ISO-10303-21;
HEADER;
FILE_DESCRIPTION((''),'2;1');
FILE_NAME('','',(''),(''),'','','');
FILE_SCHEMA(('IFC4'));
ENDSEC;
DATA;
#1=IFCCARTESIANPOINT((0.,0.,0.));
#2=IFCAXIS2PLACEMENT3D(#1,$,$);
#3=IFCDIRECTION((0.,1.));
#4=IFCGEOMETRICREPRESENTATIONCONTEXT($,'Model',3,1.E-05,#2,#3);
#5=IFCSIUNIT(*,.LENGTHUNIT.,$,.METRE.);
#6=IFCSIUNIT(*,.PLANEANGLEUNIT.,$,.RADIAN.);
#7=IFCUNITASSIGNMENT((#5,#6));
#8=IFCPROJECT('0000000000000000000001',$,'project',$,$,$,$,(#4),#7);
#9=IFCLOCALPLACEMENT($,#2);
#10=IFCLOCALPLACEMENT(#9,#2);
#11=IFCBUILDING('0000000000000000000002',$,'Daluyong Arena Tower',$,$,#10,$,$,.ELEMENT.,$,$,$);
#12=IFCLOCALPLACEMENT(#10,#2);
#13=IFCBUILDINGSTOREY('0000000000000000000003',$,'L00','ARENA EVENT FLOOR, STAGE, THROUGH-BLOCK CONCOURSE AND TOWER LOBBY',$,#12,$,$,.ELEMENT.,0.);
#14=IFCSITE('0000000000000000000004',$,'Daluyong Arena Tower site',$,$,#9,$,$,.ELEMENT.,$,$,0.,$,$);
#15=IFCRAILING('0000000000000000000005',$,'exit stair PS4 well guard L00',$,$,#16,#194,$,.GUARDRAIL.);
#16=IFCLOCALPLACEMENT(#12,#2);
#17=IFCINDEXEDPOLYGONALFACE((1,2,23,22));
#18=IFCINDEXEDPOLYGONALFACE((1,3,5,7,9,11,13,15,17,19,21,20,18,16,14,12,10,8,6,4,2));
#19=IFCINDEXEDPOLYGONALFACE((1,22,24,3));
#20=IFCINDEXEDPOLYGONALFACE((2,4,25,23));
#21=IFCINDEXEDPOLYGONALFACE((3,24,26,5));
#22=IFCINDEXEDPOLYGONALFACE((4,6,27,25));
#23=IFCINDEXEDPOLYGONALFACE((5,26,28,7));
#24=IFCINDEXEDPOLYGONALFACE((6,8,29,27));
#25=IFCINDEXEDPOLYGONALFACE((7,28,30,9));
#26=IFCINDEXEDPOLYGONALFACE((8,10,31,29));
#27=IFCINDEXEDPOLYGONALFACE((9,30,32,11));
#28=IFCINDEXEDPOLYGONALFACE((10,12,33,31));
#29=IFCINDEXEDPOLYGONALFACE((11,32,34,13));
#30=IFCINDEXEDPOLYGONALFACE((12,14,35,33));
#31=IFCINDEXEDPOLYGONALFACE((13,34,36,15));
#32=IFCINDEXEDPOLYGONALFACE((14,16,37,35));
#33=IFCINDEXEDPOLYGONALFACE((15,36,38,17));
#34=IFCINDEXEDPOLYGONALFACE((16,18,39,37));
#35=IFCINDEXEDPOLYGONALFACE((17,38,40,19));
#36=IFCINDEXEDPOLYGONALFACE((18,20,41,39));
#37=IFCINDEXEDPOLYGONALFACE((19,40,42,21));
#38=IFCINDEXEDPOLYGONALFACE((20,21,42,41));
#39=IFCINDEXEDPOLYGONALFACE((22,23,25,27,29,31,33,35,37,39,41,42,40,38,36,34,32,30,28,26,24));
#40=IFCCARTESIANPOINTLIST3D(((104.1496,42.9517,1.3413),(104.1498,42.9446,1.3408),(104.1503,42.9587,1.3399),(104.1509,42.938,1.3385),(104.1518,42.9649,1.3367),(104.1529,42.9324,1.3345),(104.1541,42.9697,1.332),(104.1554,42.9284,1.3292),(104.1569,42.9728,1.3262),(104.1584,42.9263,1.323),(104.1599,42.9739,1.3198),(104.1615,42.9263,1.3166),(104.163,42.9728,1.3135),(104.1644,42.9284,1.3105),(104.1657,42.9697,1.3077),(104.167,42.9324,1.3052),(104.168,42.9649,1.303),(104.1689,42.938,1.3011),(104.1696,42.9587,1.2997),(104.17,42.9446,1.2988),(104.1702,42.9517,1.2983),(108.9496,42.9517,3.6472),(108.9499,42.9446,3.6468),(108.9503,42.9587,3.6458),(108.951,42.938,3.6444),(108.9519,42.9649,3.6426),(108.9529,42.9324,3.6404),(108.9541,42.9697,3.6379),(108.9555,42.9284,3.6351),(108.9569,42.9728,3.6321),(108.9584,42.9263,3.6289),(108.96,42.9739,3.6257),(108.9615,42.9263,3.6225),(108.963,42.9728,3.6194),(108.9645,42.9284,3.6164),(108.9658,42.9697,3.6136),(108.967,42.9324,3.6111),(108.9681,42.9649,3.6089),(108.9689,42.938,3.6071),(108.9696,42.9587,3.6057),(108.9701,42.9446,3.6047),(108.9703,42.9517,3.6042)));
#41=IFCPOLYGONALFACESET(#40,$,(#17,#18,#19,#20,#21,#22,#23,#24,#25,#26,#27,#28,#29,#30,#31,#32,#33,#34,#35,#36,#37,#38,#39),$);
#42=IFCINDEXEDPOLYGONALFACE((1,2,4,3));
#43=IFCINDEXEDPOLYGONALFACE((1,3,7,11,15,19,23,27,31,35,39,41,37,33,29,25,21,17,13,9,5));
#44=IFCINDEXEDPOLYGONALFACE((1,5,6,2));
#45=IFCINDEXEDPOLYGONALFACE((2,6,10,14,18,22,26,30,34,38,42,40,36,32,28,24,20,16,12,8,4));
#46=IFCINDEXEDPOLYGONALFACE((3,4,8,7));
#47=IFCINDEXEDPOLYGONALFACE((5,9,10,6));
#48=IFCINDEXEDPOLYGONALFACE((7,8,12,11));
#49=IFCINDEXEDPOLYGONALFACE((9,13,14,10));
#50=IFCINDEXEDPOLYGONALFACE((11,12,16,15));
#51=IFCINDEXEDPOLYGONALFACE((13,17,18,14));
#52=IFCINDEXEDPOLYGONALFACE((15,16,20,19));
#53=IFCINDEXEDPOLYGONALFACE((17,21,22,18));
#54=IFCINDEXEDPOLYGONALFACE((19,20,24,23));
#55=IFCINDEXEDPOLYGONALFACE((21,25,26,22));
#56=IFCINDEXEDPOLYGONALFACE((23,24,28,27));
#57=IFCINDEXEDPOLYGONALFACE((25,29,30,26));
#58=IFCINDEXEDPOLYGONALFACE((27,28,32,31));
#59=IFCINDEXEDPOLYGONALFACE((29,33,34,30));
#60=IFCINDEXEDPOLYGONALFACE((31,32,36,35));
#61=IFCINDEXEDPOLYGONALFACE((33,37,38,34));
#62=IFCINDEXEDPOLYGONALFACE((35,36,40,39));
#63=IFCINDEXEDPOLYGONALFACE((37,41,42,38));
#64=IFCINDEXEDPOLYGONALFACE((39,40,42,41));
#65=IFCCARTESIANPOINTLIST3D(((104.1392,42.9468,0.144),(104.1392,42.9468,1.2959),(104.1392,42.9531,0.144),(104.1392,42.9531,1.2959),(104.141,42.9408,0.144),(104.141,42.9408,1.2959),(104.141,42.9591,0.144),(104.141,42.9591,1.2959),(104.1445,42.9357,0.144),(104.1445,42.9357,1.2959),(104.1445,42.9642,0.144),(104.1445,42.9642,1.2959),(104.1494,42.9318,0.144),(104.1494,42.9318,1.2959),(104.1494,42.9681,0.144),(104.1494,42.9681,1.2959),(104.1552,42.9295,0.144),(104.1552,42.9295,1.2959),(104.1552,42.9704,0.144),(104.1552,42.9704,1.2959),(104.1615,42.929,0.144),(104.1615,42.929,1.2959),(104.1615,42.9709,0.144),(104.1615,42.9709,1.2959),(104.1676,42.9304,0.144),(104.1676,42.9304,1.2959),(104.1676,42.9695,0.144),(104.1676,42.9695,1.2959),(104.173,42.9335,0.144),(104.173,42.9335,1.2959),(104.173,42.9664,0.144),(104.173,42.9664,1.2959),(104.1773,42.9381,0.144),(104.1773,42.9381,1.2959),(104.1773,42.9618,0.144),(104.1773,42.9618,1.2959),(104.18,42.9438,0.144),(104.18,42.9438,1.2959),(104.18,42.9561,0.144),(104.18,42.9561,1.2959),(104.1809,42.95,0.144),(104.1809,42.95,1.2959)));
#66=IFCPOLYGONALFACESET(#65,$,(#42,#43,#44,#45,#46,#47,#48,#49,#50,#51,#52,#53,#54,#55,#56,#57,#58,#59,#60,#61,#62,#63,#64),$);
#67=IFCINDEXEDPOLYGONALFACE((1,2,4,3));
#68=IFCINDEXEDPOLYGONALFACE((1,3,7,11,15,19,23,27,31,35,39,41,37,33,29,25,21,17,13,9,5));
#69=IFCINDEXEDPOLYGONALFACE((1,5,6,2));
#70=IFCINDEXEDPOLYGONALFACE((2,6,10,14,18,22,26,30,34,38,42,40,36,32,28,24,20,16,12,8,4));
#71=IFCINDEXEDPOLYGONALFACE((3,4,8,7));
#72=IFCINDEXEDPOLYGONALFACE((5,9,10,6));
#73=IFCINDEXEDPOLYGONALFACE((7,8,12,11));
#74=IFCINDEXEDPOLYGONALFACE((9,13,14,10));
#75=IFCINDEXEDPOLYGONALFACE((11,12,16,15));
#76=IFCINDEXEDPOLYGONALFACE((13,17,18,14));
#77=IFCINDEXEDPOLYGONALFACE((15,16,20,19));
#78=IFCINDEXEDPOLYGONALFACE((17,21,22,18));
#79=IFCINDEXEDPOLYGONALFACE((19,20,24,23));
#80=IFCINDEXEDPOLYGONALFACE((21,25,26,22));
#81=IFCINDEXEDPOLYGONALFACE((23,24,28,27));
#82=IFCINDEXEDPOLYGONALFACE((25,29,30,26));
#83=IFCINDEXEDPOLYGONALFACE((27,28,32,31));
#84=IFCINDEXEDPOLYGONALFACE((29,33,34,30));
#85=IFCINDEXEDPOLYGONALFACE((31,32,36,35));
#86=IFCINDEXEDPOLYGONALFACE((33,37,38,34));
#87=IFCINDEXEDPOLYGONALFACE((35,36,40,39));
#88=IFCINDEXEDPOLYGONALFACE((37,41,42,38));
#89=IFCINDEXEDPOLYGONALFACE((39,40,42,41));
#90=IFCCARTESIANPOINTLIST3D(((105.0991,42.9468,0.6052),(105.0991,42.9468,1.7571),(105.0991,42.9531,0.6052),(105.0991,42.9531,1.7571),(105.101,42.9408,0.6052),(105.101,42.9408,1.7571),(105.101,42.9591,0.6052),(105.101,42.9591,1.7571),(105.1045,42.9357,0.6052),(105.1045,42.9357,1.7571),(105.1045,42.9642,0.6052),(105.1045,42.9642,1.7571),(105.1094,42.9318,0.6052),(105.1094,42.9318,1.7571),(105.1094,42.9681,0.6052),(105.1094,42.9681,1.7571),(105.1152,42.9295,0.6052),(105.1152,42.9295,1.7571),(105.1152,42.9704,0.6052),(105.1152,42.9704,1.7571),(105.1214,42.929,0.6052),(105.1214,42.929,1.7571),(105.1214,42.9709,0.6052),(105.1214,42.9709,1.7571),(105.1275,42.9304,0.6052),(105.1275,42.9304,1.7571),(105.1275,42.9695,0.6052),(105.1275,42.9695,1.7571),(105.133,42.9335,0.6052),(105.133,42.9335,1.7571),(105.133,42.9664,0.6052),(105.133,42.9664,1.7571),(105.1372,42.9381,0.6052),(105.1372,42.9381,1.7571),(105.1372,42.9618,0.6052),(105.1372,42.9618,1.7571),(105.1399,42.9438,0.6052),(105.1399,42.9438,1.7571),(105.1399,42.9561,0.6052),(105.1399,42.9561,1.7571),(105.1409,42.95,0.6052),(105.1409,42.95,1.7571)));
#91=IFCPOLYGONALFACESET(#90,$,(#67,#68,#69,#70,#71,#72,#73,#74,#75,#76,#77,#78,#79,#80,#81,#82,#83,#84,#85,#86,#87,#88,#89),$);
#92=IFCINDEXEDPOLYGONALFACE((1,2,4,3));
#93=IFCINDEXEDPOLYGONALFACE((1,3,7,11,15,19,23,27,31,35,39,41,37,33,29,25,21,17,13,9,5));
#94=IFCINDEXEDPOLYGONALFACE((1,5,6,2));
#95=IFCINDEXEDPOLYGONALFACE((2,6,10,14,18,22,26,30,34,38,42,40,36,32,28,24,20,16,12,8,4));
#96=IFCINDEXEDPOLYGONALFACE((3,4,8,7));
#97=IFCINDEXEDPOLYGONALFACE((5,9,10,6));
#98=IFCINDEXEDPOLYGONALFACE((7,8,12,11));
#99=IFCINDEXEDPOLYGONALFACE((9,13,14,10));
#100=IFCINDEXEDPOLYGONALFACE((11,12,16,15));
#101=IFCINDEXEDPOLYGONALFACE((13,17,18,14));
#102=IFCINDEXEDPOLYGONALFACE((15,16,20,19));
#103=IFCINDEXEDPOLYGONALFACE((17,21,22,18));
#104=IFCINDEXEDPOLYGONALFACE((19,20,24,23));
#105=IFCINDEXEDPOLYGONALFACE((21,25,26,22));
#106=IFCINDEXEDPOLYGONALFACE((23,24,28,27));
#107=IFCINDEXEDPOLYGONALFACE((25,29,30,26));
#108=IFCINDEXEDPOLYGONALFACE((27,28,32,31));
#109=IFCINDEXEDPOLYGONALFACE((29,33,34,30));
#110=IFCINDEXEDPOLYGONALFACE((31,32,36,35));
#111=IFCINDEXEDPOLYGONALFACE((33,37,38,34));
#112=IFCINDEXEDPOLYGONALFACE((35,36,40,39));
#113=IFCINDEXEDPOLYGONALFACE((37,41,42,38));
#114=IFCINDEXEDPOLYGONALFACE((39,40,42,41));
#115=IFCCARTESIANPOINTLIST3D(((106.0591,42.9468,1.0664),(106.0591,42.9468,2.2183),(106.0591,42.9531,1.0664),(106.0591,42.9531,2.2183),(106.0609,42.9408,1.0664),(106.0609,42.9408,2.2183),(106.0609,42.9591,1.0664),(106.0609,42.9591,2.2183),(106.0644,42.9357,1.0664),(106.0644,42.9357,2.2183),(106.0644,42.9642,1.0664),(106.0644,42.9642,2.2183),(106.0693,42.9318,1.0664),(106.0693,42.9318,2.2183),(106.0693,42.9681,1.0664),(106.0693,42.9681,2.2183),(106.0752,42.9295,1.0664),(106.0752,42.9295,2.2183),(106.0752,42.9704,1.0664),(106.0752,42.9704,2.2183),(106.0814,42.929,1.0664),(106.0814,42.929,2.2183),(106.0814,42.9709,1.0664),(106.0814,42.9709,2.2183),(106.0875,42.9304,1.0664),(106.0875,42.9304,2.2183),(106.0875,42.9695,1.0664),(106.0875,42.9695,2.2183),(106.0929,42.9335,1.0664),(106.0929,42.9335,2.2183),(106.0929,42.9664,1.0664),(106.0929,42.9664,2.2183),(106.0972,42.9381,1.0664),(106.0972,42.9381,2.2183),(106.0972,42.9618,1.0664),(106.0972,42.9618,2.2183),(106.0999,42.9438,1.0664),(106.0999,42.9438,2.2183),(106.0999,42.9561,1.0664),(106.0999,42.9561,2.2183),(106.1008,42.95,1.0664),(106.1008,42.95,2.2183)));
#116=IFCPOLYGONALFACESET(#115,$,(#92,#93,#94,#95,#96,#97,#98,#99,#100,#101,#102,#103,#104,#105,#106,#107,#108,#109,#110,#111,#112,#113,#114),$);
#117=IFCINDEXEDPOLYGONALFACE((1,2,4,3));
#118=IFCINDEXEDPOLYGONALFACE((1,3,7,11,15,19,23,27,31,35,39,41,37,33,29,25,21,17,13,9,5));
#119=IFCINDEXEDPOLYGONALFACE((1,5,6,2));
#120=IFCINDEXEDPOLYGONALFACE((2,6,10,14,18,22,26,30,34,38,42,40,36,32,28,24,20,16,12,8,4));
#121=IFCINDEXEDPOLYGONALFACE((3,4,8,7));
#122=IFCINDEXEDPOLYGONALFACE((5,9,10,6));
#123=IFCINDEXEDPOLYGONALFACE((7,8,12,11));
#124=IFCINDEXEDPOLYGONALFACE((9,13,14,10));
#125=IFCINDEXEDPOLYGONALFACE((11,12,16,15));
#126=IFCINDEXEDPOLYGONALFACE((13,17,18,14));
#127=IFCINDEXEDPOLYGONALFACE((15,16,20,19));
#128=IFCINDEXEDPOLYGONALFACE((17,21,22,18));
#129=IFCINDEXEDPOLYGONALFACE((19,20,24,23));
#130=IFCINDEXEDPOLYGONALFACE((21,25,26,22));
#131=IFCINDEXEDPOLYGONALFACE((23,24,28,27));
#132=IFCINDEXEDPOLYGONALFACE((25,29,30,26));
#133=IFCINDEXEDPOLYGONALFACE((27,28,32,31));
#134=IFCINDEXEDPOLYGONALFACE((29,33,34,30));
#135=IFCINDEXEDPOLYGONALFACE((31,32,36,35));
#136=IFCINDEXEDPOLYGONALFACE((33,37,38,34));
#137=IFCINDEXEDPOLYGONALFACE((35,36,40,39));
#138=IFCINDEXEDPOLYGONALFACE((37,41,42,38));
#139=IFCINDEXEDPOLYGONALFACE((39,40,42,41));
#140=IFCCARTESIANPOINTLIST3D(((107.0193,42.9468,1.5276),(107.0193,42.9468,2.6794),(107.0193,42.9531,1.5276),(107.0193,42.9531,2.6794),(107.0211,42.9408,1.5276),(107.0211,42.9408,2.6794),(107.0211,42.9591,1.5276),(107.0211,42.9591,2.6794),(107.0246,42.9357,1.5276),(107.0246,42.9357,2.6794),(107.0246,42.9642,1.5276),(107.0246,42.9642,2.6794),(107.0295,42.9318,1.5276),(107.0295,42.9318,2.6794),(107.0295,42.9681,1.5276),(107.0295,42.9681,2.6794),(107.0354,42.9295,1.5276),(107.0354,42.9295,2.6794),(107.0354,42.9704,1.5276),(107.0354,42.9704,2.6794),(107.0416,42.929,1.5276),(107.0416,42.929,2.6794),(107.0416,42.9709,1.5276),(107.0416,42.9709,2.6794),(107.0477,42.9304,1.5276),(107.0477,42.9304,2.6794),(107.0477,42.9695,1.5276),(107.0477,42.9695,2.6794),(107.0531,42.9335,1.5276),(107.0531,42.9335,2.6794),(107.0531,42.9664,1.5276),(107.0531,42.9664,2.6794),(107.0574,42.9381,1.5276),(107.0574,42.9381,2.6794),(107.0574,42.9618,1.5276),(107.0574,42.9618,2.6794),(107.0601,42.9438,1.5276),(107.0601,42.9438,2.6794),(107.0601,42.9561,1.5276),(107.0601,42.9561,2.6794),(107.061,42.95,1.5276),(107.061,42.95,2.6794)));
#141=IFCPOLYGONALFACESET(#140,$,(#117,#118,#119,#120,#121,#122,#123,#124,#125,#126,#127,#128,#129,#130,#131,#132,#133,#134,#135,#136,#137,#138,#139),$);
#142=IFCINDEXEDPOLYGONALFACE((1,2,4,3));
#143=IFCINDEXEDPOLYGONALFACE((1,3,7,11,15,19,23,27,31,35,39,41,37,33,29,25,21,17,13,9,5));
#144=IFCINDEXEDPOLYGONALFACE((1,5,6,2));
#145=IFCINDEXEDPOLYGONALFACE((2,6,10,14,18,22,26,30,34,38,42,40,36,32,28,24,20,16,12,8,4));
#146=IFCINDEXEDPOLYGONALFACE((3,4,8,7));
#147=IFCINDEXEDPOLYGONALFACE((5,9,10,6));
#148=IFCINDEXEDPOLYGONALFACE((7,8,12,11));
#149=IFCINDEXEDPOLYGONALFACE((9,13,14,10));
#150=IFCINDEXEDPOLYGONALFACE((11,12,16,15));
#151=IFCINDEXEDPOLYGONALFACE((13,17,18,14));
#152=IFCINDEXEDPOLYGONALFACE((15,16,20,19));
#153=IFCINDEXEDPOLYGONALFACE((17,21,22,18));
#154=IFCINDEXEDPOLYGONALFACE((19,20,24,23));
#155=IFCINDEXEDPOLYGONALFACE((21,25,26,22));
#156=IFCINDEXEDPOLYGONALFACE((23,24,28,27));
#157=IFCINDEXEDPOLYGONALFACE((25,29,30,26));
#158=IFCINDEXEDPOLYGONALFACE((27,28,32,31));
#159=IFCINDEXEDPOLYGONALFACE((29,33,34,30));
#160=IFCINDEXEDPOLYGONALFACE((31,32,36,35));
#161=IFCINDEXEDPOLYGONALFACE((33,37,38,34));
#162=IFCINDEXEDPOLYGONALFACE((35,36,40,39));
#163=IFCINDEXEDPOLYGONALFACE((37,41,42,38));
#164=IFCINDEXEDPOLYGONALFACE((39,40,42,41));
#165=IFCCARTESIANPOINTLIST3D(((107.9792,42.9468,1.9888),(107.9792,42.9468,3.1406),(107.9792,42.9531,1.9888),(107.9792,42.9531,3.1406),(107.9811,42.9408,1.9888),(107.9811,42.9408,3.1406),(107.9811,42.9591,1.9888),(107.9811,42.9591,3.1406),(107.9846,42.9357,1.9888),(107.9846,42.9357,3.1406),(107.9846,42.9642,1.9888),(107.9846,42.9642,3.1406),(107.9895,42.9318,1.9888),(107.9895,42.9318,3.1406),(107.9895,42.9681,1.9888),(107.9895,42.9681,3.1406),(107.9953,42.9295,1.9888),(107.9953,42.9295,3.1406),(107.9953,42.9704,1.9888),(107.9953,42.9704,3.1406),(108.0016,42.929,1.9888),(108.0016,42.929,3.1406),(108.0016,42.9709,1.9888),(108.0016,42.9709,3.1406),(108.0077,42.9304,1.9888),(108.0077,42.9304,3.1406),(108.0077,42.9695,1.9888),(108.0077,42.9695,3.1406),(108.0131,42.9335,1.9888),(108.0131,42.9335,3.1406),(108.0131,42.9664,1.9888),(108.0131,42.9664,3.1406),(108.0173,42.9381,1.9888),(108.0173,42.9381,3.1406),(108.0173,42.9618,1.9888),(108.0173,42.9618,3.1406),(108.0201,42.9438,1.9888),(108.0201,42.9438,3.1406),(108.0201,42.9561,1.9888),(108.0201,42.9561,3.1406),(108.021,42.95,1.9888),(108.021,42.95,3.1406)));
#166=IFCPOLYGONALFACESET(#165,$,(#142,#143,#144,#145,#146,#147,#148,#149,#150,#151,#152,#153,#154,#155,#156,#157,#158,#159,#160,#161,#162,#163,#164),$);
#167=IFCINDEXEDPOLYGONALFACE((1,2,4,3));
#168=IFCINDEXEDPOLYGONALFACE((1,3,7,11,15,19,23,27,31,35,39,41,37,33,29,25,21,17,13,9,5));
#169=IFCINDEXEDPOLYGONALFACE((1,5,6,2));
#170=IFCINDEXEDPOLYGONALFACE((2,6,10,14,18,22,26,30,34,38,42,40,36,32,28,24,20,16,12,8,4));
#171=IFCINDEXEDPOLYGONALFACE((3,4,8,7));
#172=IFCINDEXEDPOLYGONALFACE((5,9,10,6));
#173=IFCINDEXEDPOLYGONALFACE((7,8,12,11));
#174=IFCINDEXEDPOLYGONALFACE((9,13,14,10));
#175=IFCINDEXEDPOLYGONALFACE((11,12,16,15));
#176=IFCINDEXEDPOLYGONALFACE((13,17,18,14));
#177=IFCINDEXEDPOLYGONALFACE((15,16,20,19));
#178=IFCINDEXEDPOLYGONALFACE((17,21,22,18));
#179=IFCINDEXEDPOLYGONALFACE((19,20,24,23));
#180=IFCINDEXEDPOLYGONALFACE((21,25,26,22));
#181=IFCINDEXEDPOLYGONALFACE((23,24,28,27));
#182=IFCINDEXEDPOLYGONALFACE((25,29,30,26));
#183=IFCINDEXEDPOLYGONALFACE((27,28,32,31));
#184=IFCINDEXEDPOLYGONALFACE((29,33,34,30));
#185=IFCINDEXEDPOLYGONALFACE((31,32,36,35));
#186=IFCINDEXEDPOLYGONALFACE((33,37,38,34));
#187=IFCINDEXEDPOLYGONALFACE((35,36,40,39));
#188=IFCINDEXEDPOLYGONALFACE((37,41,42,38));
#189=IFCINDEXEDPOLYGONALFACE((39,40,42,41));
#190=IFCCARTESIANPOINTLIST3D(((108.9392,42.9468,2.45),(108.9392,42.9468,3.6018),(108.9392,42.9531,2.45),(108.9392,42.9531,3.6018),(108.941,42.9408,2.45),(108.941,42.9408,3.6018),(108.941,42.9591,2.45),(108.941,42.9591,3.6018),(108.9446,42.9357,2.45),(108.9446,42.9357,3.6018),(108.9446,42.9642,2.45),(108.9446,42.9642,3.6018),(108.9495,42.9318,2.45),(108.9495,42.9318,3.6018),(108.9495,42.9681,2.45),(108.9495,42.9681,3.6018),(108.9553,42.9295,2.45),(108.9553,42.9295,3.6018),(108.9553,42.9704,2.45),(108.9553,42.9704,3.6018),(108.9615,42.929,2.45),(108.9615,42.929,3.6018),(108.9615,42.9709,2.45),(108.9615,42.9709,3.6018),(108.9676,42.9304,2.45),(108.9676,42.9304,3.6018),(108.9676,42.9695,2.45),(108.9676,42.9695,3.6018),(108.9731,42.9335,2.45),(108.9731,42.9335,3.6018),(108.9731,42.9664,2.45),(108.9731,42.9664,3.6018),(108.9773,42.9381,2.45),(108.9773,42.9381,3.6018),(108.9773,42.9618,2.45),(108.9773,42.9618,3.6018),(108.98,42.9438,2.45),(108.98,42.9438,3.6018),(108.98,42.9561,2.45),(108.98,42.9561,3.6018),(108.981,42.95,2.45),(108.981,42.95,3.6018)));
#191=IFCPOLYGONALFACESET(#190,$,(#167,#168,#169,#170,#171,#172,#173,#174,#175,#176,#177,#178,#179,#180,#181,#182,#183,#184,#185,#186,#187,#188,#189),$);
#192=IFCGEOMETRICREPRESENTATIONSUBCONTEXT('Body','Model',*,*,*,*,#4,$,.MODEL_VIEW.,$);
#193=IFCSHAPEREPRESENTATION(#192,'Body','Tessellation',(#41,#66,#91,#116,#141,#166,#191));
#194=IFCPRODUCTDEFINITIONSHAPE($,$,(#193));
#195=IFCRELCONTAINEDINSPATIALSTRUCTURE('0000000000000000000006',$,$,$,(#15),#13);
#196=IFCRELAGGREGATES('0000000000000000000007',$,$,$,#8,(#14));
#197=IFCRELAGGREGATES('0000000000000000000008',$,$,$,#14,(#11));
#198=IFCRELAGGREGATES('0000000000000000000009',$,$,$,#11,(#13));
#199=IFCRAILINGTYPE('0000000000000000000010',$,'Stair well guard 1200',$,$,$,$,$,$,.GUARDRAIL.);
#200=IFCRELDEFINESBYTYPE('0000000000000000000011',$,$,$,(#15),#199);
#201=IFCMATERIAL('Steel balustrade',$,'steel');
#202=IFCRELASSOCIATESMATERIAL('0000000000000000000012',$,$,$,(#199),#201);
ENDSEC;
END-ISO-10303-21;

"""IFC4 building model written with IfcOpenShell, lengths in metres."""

from ifc_helpers import new_model, si_unit, direction, frame, origin, origin_2d, place, context, subcontext, project, spatial, circle, extrude, material, type_object, element, save


model = new_model("IFC4")

# Units and contexts
model_context = context("Model", 3, precision=1e-05, world=origin(), true_north=direction((0.0, 1.0)))
body_context = subcontext(model_context, "Body", "Model", "MODEL_VIEW")
ifc_project = project(units=[si_unit("LENGTHUNIT", "METRE"), si_unit("PLANEANGLEUNIT", "RADIAN")], contexts=[model_context])

# Site, building, storey
site_placement = place(None, origin())
site = spatial("IfcSite", under=ifc_project, at=site_placement, Name="Daluyong Arena Tower site", CompositionType="ELEMENT", RefElevation=0.0)
building_placement = place(site_placement, origin())
building = spatial("IfcBuilding", under=site, at=building_placement, Name="Daluyong Arena Tower", CompositionType="ELEMENT")
storey_placement = place(building_placement, origin())
storey = spatial("IfcBuildingStorey", under=building, at=storey_placement, Name="L00", Description="ARENA EVENT FLOOR, STAGE, THROUGH-BLOCK CONCOURSE AND TOWER LOBBY", CompositionType="ELEMENT", Elevation=0.0)

# Railing
ifc_material_1 = material(Name="Steel balustrade", Category="steel")
railing_type_1 = type_object("IfcRailingType", Name="Stair well guard 1200", PredefinedType="GUARDRAIL", material=ifc_material_1)
railing_1_placement = place(storey_placement, frame((104.1599, 42.95, 0.144)))
element("IfcRailing", 1, at=railing_1_placement, inside=storey, type_object=railing_type_1, Name="exit stair PS4 well guard L00", PredefinedType="GUARDRAIL", context=body_context, shape_type="SweptSolid", body=[
    extrude(circle(Radius=0.0239, at=origin_2d()), frame((0.0, 0.0, 1.1758), z_axis=(0.901385, 0.0, 0.433019), x_axis=(0.0, 1.0, 0.0)), (0.0, 0.0, 1.0), 5.3252),
    extrude(circle(Radius=0.021, at=origin_2d()), origin(), (0.0, 0.0, 1.0), 1.1519),
    extrude(circle(Radius=0.021, at=origin_2d()), frame((0.96, 0.0, 0.4612)), (0.0, 0.0, 1.0), 1.1519),
    extrude(circle(Radius=0.021, at=origin_2d()), frame((1.9199, 0.0, 0.9224)), (0.0, 0.0, 1.0), 1.1519),
    extrude(circle(Radius=0.021, at=origin_2d()), frame((2.8801, 0.0, 1.3835)), (0.0, 0.0, 1.0), 1.1519),
    extrude(circle(Radius=0.021, at=origin_2d()), frame((3.8401, 0.0, 1.8447)), (0.0, 0.0, 1.0), 1.1519),
    extrude(circle(Radius=0.021, at=origin_2d()), frame((4.8, 0.0, 2.3059)), (0.0, 0.0, 1.0), 1.1519),
])

save(model, "model.ifc")
